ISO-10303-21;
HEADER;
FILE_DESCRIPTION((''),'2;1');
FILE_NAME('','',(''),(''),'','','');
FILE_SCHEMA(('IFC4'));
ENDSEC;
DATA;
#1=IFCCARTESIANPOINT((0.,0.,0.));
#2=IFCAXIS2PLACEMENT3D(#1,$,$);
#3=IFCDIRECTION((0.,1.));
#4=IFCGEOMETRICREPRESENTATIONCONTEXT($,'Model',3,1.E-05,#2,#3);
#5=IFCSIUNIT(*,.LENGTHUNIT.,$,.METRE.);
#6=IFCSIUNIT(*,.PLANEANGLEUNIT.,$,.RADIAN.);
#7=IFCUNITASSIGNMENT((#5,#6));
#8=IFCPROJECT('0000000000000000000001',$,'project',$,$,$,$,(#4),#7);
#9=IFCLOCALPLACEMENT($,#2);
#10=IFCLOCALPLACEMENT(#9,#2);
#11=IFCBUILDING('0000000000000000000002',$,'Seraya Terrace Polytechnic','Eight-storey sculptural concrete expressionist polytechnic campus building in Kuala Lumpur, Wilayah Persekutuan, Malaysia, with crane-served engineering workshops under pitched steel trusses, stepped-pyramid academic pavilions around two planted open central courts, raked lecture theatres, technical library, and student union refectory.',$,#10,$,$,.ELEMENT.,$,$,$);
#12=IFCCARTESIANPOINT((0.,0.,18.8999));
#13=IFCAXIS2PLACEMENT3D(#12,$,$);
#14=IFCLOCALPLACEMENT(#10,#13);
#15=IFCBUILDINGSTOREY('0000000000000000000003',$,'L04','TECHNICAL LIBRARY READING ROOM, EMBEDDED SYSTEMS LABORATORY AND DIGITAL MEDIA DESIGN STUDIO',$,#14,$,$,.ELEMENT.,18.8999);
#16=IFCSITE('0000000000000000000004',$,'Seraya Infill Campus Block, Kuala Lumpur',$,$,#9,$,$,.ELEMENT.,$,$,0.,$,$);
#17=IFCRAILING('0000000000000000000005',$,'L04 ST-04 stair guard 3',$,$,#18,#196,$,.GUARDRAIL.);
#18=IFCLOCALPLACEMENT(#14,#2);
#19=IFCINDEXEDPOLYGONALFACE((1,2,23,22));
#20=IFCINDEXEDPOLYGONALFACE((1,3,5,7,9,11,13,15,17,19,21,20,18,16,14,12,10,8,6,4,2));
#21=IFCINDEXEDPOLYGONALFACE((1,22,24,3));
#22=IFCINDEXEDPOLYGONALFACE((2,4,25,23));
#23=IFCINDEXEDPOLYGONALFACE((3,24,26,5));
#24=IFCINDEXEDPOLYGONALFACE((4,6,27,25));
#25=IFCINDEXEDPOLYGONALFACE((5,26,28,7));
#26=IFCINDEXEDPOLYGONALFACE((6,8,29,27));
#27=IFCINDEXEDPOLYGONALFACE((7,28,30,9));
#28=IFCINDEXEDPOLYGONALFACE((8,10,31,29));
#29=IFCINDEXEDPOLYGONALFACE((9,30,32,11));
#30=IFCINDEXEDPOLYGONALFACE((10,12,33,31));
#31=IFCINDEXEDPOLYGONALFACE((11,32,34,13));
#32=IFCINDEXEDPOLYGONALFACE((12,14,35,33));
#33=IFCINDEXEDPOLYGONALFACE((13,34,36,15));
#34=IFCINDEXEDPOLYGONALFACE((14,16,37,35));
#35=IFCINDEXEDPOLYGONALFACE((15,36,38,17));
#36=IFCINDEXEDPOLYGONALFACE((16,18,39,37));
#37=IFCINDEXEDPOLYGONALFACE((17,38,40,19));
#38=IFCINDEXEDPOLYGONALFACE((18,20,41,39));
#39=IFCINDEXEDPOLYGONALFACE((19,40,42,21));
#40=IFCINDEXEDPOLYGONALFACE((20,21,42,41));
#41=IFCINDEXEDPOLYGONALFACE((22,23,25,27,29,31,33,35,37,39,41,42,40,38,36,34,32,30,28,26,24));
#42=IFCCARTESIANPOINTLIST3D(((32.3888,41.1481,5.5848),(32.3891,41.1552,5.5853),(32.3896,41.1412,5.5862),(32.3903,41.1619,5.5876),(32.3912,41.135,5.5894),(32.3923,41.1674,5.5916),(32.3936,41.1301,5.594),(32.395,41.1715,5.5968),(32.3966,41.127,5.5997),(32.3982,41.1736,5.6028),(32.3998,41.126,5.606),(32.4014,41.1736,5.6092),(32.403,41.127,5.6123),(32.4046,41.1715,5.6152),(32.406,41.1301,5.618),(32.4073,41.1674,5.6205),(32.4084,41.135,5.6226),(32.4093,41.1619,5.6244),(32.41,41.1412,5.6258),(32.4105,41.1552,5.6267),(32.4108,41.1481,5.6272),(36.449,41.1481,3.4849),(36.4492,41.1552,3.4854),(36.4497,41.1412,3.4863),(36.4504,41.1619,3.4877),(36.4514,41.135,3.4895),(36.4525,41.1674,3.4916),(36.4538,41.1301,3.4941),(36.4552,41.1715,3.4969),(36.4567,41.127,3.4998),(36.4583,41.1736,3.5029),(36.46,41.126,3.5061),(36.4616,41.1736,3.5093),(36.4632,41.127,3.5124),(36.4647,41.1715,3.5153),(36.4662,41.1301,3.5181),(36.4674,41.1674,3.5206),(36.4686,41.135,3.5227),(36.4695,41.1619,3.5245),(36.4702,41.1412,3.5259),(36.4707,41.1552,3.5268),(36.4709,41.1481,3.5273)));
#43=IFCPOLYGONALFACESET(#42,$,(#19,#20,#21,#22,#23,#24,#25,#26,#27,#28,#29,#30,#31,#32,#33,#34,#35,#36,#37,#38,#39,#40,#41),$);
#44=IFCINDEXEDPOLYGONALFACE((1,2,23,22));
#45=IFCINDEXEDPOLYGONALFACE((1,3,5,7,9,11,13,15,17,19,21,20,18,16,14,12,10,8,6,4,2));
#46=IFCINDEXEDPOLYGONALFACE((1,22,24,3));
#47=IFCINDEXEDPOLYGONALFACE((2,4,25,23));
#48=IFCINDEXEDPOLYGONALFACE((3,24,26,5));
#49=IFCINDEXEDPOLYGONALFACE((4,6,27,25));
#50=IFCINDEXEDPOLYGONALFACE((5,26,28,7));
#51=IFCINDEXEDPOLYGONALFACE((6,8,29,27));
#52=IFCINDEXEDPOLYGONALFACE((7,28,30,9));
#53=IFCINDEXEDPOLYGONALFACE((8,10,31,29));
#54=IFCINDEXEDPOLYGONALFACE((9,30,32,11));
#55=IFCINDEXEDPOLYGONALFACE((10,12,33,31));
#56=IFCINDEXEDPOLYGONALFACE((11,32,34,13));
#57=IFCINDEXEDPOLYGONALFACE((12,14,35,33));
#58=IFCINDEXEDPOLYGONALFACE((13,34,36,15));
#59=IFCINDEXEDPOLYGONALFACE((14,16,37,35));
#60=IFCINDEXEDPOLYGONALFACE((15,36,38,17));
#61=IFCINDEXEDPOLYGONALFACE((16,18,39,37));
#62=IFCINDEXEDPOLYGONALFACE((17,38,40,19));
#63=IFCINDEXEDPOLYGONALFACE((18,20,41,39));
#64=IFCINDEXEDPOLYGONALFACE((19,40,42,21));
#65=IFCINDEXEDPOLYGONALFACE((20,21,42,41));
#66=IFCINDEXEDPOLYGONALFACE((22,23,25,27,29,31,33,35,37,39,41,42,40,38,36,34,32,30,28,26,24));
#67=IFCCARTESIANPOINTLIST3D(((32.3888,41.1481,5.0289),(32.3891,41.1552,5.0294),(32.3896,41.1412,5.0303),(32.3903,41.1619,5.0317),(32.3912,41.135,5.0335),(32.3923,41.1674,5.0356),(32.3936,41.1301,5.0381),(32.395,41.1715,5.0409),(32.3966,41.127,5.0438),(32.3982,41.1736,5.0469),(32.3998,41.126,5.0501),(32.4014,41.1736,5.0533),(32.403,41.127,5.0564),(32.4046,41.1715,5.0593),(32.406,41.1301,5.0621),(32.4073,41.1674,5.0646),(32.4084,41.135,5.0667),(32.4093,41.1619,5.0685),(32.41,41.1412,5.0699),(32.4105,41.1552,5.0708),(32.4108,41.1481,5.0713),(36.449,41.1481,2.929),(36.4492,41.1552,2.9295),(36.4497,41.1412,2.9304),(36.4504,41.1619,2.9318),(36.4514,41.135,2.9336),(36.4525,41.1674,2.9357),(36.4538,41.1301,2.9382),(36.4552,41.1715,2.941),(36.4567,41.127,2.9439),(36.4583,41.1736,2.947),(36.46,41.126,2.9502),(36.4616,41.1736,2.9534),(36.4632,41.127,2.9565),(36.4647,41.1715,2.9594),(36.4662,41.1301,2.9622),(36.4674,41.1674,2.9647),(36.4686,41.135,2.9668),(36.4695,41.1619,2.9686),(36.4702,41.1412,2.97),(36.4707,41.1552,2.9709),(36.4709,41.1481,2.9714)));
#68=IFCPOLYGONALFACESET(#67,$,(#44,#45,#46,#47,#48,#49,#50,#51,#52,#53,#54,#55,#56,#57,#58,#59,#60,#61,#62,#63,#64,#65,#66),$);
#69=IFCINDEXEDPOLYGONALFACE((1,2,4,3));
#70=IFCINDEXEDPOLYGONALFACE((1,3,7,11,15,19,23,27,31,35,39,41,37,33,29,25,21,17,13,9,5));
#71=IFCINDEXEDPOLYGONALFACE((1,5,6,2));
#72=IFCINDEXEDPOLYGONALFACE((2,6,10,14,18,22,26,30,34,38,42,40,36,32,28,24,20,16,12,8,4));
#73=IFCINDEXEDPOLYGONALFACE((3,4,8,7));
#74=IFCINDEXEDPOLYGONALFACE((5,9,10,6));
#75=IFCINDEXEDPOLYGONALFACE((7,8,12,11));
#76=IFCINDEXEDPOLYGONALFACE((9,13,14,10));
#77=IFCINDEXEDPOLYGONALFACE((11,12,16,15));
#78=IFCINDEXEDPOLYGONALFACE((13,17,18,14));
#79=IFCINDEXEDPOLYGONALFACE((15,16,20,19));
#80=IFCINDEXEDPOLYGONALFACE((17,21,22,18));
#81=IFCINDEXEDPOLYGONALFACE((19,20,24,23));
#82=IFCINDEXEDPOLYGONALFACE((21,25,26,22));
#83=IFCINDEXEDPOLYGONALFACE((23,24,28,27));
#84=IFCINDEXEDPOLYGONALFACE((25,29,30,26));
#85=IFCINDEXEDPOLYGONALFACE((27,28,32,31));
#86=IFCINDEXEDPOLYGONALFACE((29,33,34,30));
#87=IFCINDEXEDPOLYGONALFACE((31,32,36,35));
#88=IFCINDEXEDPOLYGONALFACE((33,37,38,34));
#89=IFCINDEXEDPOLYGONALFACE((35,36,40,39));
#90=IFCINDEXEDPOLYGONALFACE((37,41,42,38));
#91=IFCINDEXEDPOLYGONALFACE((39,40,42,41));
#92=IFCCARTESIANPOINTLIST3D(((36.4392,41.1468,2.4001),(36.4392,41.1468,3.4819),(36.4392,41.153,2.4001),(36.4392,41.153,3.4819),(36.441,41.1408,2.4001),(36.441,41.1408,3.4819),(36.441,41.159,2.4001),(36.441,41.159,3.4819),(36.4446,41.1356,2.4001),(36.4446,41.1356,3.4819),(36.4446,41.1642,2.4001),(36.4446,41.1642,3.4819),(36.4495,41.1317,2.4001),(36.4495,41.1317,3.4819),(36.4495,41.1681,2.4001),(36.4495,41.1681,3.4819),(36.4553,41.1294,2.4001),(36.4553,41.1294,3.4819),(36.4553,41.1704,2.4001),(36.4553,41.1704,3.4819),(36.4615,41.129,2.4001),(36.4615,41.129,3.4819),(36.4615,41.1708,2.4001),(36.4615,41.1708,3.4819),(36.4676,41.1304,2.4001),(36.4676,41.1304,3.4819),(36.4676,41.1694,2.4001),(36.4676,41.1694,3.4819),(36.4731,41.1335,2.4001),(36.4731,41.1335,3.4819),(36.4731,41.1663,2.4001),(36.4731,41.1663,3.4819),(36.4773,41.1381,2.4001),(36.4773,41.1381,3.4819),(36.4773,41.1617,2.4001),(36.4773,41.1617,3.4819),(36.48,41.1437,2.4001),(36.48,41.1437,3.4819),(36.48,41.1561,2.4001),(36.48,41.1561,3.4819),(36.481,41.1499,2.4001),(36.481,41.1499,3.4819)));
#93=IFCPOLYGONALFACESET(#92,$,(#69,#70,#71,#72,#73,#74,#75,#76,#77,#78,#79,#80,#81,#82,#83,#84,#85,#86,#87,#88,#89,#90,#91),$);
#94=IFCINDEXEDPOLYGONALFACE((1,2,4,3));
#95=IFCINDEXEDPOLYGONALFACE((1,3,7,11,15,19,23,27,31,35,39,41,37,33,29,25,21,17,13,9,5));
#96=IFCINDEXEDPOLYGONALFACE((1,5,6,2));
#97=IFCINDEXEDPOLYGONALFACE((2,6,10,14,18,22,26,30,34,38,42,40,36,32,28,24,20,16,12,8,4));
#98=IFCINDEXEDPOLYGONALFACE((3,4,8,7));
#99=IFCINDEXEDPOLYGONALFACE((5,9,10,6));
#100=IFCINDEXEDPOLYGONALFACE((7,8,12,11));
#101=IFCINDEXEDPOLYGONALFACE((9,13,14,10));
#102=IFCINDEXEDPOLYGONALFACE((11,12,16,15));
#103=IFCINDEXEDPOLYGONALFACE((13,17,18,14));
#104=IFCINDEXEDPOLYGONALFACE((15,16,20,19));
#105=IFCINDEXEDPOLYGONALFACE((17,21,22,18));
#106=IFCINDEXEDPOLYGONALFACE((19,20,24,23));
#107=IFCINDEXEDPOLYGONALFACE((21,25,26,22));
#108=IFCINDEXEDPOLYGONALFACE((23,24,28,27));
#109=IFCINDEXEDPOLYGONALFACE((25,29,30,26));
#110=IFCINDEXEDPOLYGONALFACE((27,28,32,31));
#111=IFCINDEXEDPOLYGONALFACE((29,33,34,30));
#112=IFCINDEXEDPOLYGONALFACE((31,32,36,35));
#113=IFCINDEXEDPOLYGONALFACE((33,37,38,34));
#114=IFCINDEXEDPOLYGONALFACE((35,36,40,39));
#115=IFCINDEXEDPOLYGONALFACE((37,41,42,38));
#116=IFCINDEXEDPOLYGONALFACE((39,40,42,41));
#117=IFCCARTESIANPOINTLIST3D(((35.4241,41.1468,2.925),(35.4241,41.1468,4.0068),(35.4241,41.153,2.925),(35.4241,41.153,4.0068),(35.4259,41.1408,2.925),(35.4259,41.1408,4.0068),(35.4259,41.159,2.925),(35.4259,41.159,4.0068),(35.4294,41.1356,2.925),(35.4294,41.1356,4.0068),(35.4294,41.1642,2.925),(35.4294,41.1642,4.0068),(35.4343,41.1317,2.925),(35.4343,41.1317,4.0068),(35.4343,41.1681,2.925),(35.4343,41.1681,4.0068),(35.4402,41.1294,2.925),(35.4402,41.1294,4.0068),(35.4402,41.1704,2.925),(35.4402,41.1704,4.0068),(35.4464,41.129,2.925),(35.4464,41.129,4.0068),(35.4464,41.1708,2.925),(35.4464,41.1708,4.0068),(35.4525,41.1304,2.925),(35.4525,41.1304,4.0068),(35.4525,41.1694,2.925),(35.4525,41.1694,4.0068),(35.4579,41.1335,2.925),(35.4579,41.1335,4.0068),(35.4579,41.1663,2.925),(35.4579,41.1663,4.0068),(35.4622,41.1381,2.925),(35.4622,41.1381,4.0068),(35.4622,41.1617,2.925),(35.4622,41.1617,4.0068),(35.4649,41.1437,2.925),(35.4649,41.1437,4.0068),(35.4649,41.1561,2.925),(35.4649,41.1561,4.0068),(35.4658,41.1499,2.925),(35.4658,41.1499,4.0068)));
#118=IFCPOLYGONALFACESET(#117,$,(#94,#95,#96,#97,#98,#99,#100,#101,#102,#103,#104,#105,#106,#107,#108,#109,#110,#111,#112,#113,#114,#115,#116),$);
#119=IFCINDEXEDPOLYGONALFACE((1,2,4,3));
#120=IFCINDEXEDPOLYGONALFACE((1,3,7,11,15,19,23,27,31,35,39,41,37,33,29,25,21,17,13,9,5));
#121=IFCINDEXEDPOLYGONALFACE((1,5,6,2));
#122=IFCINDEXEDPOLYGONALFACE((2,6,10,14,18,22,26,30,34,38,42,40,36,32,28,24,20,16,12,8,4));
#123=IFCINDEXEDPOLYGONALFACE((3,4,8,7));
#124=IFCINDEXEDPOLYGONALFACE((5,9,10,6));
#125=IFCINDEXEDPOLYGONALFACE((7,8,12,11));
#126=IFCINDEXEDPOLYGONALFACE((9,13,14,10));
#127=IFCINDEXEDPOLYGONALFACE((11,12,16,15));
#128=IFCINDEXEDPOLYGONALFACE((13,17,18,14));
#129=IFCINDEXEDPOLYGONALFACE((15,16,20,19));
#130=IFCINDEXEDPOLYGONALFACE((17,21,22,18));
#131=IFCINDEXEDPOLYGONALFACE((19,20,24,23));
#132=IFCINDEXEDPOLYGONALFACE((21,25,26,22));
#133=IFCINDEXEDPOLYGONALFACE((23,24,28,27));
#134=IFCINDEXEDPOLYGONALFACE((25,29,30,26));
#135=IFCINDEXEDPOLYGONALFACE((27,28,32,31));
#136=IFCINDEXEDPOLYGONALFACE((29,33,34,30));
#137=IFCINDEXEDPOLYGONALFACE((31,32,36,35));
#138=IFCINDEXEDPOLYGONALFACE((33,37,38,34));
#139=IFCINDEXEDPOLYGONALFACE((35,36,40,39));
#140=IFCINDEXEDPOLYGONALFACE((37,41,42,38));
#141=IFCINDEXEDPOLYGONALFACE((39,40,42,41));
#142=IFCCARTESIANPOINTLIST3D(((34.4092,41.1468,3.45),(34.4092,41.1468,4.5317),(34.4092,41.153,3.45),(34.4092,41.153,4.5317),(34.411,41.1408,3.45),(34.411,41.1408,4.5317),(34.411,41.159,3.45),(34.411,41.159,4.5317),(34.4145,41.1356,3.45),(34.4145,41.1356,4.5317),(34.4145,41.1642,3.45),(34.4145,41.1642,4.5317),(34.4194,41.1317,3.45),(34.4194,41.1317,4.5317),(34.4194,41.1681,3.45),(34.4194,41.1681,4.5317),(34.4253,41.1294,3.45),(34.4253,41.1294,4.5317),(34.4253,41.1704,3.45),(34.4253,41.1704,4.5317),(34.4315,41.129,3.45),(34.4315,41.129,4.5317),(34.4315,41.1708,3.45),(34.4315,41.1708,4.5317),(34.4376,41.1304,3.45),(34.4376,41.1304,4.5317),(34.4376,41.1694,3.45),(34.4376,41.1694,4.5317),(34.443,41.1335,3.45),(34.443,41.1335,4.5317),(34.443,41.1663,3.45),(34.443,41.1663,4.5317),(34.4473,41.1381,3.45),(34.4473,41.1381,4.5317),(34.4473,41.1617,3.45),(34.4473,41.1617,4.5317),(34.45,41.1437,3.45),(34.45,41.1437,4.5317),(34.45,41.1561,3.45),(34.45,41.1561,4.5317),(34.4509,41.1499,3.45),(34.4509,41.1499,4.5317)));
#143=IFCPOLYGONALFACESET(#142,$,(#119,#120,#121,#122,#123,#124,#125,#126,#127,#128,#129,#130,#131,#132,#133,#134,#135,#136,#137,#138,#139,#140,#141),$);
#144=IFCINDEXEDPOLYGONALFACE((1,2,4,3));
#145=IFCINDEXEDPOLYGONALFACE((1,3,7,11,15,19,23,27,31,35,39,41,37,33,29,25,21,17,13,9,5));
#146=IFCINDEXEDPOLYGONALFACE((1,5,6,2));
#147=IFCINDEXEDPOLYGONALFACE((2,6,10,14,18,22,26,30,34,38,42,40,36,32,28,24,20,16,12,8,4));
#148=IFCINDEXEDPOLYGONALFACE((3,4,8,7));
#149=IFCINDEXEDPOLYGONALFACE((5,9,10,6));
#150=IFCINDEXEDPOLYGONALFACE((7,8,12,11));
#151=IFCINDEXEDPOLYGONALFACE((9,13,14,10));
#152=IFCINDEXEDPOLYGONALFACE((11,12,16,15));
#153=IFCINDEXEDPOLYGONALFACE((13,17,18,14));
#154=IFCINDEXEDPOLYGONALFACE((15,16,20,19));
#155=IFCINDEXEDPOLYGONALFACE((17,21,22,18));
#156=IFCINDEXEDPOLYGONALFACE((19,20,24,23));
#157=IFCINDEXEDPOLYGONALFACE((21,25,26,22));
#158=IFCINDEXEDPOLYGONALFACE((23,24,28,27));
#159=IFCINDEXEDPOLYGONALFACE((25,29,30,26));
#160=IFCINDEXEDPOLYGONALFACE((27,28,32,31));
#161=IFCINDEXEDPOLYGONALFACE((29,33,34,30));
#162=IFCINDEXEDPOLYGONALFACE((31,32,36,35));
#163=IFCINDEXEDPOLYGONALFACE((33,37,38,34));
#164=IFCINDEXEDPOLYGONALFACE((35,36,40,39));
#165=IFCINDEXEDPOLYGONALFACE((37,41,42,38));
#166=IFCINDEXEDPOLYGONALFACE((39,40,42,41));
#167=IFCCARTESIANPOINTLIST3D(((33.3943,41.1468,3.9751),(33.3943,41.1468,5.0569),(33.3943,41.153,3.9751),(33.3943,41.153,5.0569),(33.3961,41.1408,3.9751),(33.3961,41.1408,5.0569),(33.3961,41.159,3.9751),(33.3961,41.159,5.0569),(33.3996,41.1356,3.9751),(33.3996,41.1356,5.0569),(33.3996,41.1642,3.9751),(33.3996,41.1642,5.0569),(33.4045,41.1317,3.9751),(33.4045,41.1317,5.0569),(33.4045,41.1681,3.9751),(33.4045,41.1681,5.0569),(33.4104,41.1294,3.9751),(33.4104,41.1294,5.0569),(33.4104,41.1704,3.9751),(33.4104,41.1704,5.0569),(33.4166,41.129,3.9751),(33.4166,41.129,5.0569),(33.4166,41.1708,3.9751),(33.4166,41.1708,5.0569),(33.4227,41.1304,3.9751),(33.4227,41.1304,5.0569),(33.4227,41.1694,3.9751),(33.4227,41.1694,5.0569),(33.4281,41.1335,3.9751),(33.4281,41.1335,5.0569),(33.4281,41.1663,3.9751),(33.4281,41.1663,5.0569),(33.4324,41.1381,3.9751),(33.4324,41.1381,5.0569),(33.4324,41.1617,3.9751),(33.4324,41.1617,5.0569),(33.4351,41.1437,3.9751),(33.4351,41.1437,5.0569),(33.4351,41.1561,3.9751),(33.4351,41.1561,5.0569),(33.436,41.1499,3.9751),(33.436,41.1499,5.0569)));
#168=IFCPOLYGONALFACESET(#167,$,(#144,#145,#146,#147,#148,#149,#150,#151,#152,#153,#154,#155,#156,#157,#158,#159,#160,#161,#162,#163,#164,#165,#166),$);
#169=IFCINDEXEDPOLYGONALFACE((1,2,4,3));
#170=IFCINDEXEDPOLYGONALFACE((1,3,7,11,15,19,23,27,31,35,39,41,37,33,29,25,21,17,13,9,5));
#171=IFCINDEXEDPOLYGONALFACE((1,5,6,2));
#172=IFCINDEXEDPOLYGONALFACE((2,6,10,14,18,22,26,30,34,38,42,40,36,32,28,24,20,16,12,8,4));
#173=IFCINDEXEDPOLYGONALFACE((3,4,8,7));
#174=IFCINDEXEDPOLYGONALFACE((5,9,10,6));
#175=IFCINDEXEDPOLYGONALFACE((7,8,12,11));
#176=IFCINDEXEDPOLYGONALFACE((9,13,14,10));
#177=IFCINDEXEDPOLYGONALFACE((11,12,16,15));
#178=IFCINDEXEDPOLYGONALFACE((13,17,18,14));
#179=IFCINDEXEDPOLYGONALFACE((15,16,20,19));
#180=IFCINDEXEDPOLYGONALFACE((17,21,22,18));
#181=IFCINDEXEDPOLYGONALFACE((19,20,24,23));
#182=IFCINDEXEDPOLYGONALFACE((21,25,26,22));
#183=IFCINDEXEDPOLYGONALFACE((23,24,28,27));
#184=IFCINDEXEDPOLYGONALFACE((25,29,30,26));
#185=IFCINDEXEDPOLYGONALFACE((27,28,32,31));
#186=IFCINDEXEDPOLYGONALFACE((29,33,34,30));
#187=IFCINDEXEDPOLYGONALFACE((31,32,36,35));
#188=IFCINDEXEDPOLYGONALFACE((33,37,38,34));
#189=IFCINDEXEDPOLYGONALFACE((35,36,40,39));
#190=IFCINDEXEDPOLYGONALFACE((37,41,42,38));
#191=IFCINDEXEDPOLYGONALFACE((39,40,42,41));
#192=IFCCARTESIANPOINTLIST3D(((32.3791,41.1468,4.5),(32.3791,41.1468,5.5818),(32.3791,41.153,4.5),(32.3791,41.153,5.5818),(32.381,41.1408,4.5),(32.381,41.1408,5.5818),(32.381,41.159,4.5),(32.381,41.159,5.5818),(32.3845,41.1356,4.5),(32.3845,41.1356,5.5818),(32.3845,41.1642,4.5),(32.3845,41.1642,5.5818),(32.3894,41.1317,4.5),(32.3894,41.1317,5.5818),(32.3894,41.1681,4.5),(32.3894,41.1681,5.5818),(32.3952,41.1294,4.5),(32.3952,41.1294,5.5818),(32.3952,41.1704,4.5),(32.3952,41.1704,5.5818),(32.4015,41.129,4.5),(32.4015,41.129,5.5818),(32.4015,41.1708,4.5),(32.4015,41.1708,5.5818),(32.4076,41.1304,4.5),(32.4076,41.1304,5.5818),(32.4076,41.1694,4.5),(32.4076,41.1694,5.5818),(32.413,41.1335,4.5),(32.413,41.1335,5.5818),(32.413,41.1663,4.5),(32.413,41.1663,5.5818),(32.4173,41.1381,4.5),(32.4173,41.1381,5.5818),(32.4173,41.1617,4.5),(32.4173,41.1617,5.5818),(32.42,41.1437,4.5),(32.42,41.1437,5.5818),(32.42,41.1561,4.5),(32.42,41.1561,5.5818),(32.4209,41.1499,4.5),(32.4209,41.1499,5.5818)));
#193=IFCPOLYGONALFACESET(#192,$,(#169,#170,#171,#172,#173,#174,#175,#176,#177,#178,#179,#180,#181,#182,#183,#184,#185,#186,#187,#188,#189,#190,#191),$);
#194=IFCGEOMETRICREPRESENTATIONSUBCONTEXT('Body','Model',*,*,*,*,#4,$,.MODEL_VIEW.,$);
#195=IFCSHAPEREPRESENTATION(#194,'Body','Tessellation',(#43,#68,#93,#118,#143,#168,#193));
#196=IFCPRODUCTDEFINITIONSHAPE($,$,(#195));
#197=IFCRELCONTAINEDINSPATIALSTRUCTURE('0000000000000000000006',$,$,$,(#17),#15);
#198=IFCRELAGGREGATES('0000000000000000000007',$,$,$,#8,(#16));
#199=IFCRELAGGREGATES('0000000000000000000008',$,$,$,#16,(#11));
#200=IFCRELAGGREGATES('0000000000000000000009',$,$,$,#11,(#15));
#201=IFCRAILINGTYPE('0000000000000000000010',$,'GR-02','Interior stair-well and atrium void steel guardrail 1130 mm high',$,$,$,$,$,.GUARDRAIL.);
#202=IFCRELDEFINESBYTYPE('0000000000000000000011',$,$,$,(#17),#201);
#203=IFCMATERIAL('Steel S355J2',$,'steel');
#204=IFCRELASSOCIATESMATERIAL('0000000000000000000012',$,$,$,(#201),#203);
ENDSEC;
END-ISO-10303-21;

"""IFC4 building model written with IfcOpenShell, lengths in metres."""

from ifc_helpers import new_model, si_unit, direction, frame, origin, origin_2d, place, context, subcontext, project, spatial, circle, extrude, material, type_object, element, save


model = new_model("IFC4")

# Units and contexts
model_context = context("Model", 3, precision=1e-05, world=origin(), true_north=direction((0.0, 1.0)))
body_context = subcontext(model_context, "Body", "Model", "MODEL_VIEW")
ifc_project = project(units=[si_unit("LENGTHUNIT", "METRE"), si_unit("PLANEANGLEUNIT", "RADIAN")], contexts=[model_context])

# Site, building, storey
site_placement = place(None, origin())
site = spatial("IfcSite", under=ifc_project, at=site_placement, Name="Seraya Infill Campus Block, Kuala Lumpur", CompositionType="ELEMENT", RefElevation=0.0)
building_placement = place(site_placement, origin())
building = spatial("IfcBuilding", under=site, at=building_placement, Name="Seraya Terrace Polytechnic", Description="Eight-storey sculptural concrete expressionist polytechnic campus building in Kuala Lumpur, Wilayah Persekutuan, Malaysia, with crane-served engineering workshops under pitched steel trusses, stepped-pyramid academic pavilions around two planted open central courts, raked lecture theatres, technical library, and student union refectory.", CompositionType="ELEMENT")
storey_placement = place(building_placement, frame((0.0, 0.0, 18.8999)))
storey = spatial("IfcBuildingStorey", under=building, at=storey_placement, Name="L04", Description="TECHNICAL LIBRARY READING ROOM, EMBEDDED SYSTEMS LABORATORY AND DIGITAL MEDIA DESIGN STUDIO", CompositionType="ELEMENT", Elevation=18.8999)

# Shared definitions
ifc_material_1 = material(Name="Steel S355J2", Category="steel")

# Railing
railing_type_1 = type_object("IfcRailingType", Name="GR-02", Description="Interior stair-well and atrium void steel guardrail 1130 mm high", PredefinedType="GUARDRAIL", material=ifc_material_1)
railing_1_placement = place(storey_placement, frame((36.46, 41.1499, 2.4001)))
element("IfcRailing", 1, at=railing_1_placement, inside=storey, type_object=railing_type_1, Name="L04 ST-04 stair guard 3", PredefinedType="GUARDRAIL", context=body_context, shape_type="SweptSolid", body=[
    extrude(circle(Radius=0.0239, at=origin_2d()), frame((0.0, 0.0, 1.106), z_axis=(-0.888233, 0.0, 0.459392), x_axis=(0.0, -1.0, 0.0)), (0.0, 0.0, 1.0), 4.571),
    extrude(circle(Radius=0.0239, at=origin_2d()), frame((0.0, 0.0, 0.55), z_axis=(-0.888233, 0.0, 0.459392), x_axis=(0.0, -1.0, 0.0)), (0.0, 0.0, 1.0), 4.571),
    extrude(circle(Radius=0.021, at=origin_2d()), origin(), (0.0, 0.0, 1.0), 1.0818),
    extrude(circle(Radius=0.021, at=origin_2d()), frame((-1.0151, 0.0, 0.5249)), (0.0, 0.0, 1.0), 1.0818),
    extrude(circle(Radius=0.021, at=origin_2d()), frame((-2.03, 0.0, 1.0498)), (0.0, 0.0, 1.0), 1.0818),
    extrude(circle(Radius=0.021, at=origin_2d()), frame((-3.0449, 0.0, 1.575)), (0.0, 0.0, 1.0), 1.0818),
    extrude(circle(Radius=0.021, at=origin_2d()), frame((-4.0601, 0.0, 2.0999)), (0.0, 0.0, 1.0), 1.0818),
])

save(model, "model.ifc")
